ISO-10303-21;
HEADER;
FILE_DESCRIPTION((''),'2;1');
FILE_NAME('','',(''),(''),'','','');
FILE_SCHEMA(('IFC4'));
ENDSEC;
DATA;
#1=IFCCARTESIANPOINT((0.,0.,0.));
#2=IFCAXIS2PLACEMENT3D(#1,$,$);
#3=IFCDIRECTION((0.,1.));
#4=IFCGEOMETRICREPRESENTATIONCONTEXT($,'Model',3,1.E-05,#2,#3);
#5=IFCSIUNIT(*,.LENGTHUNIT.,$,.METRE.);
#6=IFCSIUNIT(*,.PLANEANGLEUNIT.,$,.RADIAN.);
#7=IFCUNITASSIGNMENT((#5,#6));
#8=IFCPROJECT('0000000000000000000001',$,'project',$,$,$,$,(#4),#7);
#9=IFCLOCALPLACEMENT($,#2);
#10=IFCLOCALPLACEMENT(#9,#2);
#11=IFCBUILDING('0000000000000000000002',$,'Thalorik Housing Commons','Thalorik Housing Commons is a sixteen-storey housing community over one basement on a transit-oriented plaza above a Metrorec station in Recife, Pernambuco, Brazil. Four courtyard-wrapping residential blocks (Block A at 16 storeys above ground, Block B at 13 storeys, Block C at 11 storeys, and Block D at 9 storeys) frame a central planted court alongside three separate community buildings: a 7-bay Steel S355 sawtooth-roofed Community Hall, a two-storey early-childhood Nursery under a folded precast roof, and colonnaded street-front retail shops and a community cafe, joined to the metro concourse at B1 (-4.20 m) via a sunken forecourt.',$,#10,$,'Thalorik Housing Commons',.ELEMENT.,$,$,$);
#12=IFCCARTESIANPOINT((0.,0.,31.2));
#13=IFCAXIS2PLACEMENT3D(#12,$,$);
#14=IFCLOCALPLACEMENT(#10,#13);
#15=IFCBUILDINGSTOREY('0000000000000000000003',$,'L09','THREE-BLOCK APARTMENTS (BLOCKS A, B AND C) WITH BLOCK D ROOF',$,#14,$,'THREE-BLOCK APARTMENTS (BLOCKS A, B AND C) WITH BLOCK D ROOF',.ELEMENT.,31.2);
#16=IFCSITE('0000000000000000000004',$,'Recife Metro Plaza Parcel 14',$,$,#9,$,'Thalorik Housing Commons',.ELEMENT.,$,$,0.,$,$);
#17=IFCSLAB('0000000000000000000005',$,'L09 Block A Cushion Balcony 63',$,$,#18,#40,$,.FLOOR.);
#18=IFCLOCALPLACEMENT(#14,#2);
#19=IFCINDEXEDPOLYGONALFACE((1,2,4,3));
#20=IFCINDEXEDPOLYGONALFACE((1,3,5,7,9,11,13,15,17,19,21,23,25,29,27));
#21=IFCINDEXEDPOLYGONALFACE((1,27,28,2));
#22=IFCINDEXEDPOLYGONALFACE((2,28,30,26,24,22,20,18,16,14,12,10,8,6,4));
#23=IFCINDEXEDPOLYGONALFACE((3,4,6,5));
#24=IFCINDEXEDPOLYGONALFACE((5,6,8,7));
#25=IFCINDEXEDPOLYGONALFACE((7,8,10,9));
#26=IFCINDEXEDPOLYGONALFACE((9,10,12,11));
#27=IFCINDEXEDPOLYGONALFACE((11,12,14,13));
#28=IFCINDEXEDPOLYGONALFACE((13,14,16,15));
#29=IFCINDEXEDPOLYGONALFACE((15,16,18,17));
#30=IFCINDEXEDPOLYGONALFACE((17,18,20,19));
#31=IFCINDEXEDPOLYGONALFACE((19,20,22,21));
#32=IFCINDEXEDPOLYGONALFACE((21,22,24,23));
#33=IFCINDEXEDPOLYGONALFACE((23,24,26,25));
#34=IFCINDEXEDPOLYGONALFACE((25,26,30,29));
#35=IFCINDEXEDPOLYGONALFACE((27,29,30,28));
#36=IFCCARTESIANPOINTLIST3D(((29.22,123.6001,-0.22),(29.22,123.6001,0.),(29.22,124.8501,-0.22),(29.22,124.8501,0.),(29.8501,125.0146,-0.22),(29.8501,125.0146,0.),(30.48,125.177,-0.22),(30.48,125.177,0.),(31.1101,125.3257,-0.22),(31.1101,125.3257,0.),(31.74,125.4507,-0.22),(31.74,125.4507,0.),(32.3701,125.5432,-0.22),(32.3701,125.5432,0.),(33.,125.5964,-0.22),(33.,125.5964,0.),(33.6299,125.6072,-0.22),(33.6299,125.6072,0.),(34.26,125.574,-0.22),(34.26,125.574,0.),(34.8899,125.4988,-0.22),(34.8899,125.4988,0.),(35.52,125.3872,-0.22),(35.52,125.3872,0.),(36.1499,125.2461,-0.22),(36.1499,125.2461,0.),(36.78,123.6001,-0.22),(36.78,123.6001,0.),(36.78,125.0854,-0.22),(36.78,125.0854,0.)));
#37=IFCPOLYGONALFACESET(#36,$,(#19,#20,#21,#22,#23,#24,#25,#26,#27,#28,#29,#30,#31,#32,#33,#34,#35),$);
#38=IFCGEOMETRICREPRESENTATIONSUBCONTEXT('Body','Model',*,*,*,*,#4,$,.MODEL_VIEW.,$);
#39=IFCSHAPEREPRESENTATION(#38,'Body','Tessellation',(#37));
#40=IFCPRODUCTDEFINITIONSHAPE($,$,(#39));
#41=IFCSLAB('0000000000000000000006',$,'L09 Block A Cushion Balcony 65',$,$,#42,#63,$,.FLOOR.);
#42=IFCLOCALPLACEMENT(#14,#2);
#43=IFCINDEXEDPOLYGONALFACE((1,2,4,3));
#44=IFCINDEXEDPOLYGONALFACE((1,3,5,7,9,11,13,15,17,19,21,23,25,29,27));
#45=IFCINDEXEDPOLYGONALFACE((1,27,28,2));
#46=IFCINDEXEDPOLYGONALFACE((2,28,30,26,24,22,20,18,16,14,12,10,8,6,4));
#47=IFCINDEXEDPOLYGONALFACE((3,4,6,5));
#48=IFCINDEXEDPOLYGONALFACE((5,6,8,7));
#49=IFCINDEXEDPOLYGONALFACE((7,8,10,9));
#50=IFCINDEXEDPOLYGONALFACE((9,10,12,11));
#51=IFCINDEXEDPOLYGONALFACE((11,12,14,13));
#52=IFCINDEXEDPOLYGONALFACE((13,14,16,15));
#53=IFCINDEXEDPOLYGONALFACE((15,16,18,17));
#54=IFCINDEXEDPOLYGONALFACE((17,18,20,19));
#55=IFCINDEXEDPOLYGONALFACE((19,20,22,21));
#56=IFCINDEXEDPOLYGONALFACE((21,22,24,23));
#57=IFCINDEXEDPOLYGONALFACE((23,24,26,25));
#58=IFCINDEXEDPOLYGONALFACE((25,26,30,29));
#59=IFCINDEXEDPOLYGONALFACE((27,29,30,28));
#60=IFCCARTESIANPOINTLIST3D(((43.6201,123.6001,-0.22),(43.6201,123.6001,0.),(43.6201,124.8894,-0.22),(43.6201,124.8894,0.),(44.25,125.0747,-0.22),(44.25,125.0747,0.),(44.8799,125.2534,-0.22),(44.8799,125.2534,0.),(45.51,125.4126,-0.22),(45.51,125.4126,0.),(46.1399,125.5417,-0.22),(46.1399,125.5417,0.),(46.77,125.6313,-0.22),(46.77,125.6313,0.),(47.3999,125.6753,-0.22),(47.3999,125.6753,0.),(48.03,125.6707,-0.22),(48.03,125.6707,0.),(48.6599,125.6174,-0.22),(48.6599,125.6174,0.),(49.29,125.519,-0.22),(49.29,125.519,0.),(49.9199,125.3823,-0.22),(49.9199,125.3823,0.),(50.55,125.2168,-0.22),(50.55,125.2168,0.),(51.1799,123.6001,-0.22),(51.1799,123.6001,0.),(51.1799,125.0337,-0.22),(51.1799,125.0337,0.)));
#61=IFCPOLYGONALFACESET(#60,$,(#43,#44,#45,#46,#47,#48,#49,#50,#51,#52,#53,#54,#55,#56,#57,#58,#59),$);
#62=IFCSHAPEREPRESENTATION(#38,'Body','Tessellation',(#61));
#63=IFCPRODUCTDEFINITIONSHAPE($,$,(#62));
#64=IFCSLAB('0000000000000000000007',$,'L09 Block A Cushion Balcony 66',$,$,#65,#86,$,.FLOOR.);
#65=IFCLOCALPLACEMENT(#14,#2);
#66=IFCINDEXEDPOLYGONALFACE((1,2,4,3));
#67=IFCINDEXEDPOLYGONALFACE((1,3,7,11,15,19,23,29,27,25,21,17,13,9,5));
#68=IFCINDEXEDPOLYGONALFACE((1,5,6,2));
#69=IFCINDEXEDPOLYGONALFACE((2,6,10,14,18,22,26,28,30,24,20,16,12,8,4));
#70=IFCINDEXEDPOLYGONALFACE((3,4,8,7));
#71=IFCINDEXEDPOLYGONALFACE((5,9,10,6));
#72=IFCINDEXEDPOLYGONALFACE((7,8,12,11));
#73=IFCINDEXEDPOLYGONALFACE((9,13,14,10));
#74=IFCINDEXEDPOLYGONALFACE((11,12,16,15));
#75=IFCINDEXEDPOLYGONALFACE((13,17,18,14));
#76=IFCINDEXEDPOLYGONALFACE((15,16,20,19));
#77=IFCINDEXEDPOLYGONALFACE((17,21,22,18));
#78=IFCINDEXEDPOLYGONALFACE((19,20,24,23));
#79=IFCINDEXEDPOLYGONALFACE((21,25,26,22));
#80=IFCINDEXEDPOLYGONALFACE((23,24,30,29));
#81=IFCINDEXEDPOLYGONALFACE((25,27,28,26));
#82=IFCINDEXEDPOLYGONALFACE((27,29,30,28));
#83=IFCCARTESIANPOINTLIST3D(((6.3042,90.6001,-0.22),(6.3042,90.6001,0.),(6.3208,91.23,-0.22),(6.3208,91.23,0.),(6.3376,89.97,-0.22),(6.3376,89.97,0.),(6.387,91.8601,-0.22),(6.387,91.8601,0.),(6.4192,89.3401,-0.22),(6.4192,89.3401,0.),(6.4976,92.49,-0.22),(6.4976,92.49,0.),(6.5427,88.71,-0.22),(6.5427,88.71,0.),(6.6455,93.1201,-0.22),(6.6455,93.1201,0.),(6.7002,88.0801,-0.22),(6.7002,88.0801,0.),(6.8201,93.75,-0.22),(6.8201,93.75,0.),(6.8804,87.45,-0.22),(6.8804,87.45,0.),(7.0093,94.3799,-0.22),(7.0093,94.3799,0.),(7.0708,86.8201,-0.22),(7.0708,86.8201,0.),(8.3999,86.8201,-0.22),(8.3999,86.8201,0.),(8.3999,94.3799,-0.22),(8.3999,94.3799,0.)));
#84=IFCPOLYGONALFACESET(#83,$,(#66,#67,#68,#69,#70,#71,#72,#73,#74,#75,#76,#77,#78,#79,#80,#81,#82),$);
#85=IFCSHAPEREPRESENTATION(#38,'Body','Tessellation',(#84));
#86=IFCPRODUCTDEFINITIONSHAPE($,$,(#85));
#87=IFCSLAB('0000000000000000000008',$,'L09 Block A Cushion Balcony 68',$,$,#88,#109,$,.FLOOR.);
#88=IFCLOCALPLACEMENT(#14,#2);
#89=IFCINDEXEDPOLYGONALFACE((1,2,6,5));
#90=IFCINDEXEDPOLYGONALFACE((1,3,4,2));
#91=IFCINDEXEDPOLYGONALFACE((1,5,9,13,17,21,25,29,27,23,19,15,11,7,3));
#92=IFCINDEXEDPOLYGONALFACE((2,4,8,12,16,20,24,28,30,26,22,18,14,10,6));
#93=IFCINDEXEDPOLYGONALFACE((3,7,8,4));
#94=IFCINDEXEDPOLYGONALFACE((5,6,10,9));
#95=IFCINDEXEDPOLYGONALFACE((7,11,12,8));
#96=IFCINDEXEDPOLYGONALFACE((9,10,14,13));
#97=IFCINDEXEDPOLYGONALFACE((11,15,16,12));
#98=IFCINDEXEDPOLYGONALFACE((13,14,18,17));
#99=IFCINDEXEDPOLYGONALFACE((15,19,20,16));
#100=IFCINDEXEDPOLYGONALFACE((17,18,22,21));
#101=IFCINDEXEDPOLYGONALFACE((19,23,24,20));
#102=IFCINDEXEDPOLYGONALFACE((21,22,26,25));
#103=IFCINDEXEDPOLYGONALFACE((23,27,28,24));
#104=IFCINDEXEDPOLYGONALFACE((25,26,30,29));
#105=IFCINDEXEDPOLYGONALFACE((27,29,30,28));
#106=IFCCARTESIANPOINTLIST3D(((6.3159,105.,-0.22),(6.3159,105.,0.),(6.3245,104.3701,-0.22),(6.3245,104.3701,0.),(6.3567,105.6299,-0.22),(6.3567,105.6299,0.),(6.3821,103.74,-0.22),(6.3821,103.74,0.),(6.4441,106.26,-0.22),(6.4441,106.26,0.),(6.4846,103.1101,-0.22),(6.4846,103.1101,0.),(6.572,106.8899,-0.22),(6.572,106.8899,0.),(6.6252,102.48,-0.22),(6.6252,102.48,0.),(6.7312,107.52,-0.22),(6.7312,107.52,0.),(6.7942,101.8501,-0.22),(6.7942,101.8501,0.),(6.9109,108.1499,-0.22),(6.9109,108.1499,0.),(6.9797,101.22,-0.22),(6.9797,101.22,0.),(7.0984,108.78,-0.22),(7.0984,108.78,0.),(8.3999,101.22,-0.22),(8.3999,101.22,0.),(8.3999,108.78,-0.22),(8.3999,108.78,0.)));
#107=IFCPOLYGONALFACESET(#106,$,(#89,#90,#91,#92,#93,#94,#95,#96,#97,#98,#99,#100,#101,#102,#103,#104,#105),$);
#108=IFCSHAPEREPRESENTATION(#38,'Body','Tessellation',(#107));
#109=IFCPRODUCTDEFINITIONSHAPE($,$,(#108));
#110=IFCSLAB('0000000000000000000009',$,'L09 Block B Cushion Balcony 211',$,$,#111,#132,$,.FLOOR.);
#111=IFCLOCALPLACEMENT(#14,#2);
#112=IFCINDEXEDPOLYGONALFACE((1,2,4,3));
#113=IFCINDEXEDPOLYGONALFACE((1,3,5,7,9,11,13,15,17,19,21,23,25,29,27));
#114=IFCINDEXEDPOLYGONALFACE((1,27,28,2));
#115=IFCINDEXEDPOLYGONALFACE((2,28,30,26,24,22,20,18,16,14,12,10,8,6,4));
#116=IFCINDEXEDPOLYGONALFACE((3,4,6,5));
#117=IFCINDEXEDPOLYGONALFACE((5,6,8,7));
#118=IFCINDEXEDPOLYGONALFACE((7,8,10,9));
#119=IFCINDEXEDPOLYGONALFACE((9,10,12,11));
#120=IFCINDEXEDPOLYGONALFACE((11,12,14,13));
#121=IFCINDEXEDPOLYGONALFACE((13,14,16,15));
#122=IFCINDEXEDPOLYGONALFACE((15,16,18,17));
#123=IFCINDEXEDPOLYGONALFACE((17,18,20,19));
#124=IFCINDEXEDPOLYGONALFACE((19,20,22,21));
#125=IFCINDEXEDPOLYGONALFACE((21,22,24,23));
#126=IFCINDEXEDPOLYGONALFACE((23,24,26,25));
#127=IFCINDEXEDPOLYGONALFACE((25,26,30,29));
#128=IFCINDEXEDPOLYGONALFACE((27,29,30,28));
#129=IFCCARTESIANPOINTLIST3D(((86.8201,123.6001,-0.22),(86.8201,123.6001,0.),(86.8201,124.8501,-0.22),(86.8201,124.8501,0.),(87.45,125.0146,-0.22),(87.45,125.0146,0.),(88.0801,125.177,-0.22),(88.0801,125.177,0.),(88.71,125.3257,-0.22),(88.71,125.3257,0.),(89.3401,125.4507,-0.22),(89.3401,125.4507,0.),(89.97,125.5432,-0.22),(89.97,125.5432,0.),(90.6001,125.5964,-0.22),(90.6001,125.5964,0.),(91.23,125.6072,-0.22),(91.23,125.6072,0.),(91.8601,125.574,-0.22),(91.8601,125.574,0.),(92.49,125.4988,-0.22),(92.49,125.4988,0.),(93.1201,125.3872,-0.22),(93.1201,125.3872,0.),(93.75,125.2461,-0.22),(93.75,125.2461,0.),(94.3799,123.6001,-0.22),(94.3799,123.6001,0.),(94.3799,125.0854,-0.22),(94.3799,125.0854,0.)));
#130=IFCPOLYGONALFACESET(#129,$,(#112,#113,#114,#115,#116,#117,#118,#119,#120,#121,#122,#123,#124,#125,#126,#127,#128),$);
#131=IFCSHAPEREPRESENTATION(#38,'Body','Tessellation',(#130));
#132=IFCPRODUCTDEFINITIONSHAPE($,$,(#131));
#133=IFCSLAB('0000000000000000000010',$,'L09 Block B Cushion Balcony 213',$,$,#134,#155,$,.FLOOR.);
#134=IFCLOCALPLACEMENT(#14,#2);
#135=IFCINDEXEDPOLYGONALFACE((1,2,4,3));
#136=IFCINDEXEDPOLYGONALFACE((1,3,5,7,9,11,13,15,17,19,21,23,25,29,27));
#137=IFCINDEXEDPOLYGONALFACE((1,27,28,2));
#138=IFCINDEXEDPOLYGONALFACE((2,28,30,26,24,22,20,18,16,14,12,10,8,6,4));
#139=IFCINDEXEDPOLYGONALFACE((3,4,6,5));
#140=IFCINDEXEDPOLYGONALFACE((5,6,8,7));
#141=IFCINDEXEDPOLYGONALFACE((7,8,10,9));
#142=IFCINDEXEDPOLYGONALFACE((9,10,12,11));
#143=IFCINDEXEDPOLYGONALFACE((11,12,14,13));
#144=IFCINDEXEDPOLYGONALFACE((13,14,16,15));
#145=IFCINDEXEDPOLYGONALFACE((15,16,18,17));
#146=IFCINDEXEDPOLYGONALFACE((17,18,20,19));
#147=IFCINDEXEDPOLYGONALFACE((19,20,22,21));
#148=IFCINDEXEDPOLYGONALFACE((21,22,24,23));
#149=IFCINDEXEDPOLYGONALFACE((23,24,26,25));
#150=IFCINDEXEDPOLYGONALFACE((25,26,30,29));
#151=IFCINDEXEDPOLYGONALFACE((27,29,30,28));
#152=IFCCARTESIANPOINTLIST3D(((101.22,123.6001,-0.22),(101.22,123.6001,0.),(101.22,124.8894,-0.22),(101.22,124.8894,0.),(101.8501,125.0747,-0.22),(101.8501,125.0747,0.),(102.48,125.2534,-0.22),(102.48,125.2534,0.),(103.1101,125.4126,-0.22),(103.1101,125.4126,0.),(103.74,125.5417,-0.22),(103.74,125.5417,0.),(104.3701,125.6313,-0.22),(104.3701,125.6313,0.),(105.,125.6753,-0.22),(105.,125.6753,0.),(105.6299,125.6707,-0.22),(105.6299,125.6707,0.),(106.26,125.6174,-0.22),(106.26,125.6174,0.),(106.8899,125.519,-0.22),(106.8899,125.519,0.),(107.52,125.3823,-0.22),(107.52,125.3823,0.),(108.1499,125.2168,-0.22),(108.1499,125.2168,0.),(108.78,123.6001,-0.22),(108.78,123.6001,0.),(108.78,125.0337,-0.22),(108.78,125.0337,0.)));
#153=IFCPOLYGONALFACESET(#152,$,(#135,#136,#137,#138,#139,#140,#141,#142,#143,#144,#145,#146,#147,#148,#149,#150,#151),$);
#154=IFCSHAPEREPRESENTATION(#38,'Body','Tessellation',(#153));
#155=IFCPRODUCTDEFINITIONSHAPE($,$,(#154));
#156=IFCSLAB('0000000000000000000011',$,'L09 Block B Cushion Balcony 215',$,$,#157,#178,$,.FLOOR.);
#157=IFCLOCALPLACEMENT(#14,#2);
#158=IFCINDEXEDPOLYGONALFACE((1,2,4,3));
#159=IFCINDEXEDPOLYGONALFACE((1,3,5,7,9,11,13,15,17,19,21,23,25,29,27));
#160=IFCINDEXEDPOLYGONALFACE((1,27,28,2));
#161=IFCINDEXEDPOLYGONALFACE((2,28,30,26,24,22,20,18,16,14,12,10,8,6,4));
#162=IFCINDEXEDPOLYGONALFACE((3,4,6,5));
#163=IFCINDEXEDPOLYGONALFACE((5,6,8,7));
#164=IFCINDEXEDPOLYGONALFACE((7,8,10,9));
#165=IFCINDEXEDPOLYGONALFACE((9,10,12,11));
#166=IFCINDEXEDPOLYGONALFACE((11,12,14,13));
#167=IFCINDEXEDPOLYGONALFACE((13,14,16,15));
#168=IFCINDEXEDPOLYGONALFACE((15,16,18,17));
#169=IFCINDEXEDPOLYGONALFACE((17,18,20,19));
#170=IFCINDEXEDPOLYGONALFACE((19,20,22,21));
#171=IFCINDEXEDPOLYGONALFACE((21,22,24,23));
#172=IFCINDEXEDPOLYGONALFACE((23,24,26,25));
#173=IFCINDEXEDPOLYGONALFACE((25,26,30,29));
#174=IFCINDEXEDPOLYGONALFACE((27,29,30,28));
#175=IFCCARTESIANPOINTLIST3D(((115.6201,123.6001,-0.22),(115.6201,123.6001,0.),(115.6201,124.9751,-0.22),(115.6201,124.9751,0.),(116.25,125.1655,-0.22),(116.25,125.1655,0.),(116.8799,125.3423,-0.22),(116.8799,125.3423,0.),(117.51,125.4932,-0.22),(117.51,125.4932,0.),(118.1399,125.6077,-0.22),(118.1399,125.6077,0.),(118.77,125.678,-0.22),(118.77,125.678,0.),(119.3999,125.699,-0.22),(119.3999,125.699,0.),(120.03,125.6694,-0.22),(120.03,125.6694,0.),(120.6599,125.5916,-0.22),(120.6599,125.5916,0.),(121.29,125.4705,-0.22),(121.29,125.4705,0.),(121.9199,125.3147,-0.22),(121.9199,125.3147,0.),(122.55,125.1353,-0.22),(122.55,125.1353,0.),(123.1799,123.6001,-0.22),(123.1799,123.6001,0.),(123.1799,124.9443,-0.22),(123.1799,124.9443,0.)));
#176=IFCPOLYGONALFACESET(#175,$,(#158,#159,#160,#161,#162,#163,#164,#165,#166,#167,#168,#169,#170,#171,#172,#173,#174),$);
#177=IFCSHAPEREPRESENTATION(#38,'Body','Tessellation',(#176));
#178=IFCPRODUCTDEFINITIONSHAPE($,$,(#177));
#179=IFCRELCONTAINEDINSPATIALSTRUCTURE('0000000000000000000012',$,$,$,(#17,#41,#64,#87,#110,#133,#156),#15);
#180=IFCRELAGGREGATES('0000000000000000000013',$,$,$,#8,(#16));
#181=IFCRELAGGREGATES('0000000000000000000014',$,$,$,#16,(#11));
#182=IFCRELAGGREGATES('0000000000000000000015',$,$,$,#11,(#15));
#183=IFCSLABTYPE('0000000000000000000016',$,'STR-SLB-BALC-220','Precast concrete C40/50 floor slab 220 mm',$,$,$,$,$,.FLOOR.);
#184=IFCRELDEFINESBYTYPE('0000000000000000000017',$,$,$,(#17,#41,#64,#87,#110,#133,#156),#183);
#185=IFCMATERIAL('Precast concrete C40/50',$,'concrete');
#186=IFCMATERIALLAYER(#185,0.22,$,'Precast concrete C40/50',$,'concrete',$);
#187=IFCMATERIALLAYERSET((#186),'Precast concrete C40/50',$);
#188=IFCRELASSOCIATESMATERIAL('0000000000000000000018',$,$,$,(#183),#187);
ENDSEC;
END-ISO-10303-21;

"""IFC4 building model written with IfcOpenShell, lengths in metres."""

from ifc_helpers import new_model, si_unit, direction, frame, origin, place, context, subcontext, project, spatial, polyline, outline, extrude, material, layer, layer_set, type_object, element, save


model = new_model("IFC4")

# Units and contexts
model_context = context("Model", 3, precision=1e-05, world=origin(), true_north=direction((0.0, 1.0)))
body_context = subcontext(model_context, "Body", "Model", "MODEL_VIEW")
ifc_project = project(units=[si_unit("LENGTHUNIT", "METRE"), si_unit("PLANEANGLEUNIT", "RADIAN")], contexts=[model_context])

# Site, building, storey
site_placement = place(None, origin())
site = spatial("IfcSite", under=ifc_project, at=site_placement, Name="Recife Metro Plaza Parcel 14", LongName="Thalorik Housing Commons", CompositionType="ELEMENT", RefElevation=0.0)
building_placement = place(site_placement, origin())
building = spatial("IfcBuilding", under=site, at=building_placement, Name="Thalorik Housing Commons", Description="Thalorik Housing Commons is a sixteen-storey housing community over one basement on a transit-oriented plaza above a Metrorec station in Recife, Pernambuco, Brazil. Four courtyard-wrapping residential blocks (Block A at 16 storeys above ground, Block B at 13 storeys, Block C at 11 storeys, and Block D at 9 storeys) frame a central planted court alongside three separate community buildings: a 7-bay Steel S355 sawtooth-roofed Community Hall, a two-storey early-childhood Nursery under a folded precast roof, and colonnaded street-front retail shops and a community cafe, joined to the metro concourse at B1 (-4.20 m) via a sunken forecourt.", LongName="Thalorik Housing Commons", CompositionType="ELEMENT")
storey_placement = place(building_placement, frame((0.0, 0.0, 31.2)))
storey = spatial("IfcBuildingStorey", under=building, at=storey_placement, Name="L09", Description="THREE-BLOCK APARTMENTS (BLOCKS A, B AND C) WITH BLOCK D ROOF", LongName="THREE-BLOCK APARTMENTS (BLOCKS A, B AND C) WITH BLOCK D ROOF", CompositionType="ELEMENT", Elevation=31.2)

# Slabs
ifc_material_1 = material(Name="Precast concrete C40/50", Category="concrete")
ifc_layer_1 = layer(ifc_material_1, 0.22, Name="Precast concrete C40/50", Category="concrete")
ifc_layer_set_1 = layer_set([ifc_layer_1], Name="Precast concrete C40/50")
slab_type_1 = type_object("IfcSlabType", Name="STR-SLB-BALC-220", Description="Precast concrete C40/50 floor slab 220 mm", PredefinedType="FLOOR", material=ifc_layer_set_1)
slab_1_placement = place(storey_placement, frame((0.0, 0.0, -0.22)))
element("IfcSlab", 1, at=slab_1_placement, inside=storey, type_object=slab_type_1, Name="L09 Block A Cushion Balcony 63", PredefinedType="FLOOR", context=body_context, shape_type="SweptSolid", body=[
    extrude(outline(polyline([(29.22, 123.6001), (36.78, 123.6001), (36.78, 125.0854), (36.1499, 125.2461), (35.52, 125.3872), (34.8899, 125.4988), (34.26, 125.574), (33.6299, 125.6072), (33.0, 125.5964), (32.3701, 125.5432), (31.74, 125.4507), (31.1101, 125.3257), (30.48, 125.177), (29.8501, 125.0146), (29.22, 124.8501), (29.22, 123.6001)])), origin(), (0.0, 0.0, 1.0), 0.22),
])
slab_2_placement = place(storey_placement, frame((0.0, 0.0, -0.22)))
element("IfcSlab", 2, at=slab_2_placement, inside=storey, type_object=slab_type_1, Name="L09 Block A Cushion Balcony 65", PredefinedType="FLOOR", context=body_context, shape_type="SweptSolid", body=[
    extrude(outline(polyline([(43.6201, 123.6001), (51.1799, 123.6001), (51.1799, 125.0337), (50.55, 125.2168), (49.9199, 125.3823), (49.29, 125.519), (48.6599, 125.6174), (48.03, 125.6707), (47.3999, 125.6753), (46.77, 125.6313), (46.1399, 125.5417), (45.51, 125.4126), (44.8799, 125.2534), (44.25, 125.0747), (43.6201, 124.8894), (43.6201, 123.6001)])), origin(), (0.0, 0.0, 1.0), 0.22),
])
slab_3_placement = place(storey_placement, frame((0.0, 0.0, -0.22)))
element("IfcSlab", 3, at=slab_3_placement, inside=storey, type_object=slab_type_1, Name="L09 Block A Cushion Balcony 66", PredefinedType="FLOOR", context=body_context, shape_type="SweptSolid", body=[
    extrude(outline(polyline([(8.3999, 86.8201), (8.3999, 94.3799), (7.0093, 94.3799), (6.8201, 93.75), (6.6455, 93.1201), (6.4976, 92.49), (6.387, 91.8601), (6.3208, 91.23), (6.3042, 90.6001), (6.3376, 89.97), (6.4192, 89.3401), (6.5427, 88.71), (6.7002, 88.0801), (6.8804, 87.45), (7.0708, 86.8201), (8.3999, 86.8201)])), origin(), (0.0, 0.0, 1.0), 0.22),
])
slab_4_placement = place(storey_placement, frame((0.0, 0.0, -0.22)))
element("IfcSlab", 4, at=slab_4_placement, inside=storey, type_object=slab_type_1, Name="L09 Block A Cushion Balcony 68", PredefinedType="FLOOR", context=body_context, shape_type="SweptSolid", body=[
    extrude(outline(polyline([(8.3999, 101.22), (8.3999, 108.78), (7.0984, 108.78), (6.9109, 108.1499), (6.7312, 107.52), (6.572, 106.8899), (6.4441, 106.26), (6.3567, 105.6299), (6.3159, 105.0), (6.3245, 104.3701), (6.3821, 103.74), (6.4846, 103.1101), (6.6252, 102.48), (6.7942, 101.8501), (6.9797, 101.22), (8.3999, 101.22)])), origin(), (0.0, 0.0, 1.0), 0.22),
])
slab_5_placement = place(storey_placement, frame((0.0, 0.0, -0.22)))
element("IfcSlab", 5, at=slab_5_placement, inside=storey, type_object=slab_type_1, Name="L09 Block B Cushion Balcony 211", PredefinedType="FLOOR", context=body_context, shape_type="SweptSolid", body=[
    extrude(outline(polyline([(86.8201, 123.6001), (94.3799, 123.6001), (94.3799, 125.0854), (93.75, 125.2461), (93.1201, 125.3872), (92.49, 125.4988), (91.8601, 125.574), (91.23, 125.6072), (90.6001, 125.5964), (89.97, 125.5432), (89.3401, 125.4507), (88.71, 125.3257), (88.0801, 125.177), (87.45, 125.0146), (86.8201, 124.8501), (86.8201, 123.6001)])), origin(), (0.0, 0.0, 1.0), 0.22),
])
slab_6_placement = place(storey_placement, frame((0.0, 0.0, -0.22)))
element("IfcSlab", 6, at=slab_6_placement, inside=storey, type_object=slab_type_1, Name="L09 Block B Cushion Balcony 213", PredefinedType="FLOOR", context=body_context, shape_type="SweptSolid", body=[
    extrude(outline(polyline([(101.22, 123.6001), (108.78, 123.6001), (108.78, 125.0337), (108.1499, 125.2168), (107.52, 125.3823), (106.8899, 125.519), (106.26, 125.6174), (105.6299, 125.6707), (105.0, 125.6753), (104.3701, 125.6313), (103.74, 125.5417), (103.1101, 125.4126), (102.48, 125.2534), (101.8501, 125.0747), (101.22, 124.8894), (101.22, 123.6001)])), origin(), (0.0, 0.0, 1.0), 0.22),
])
slab_7_placement = place(storey_placement, frame((0.0, 0.0, -0.22)))
element("IfcSlab", 7, at=slab_7_placement, inside=storey, type_object=slab_type_1, Name="L09 Block B Cushion Balcony 215", PredefinedType="FLOOR", context=body_context, shape_type="SweptSolid", body=[
    extrude(outline(polyline([(115.6201, 123.6001), (123.1799, 123.6001), (123.1799, 124.9443), (122.55, 125.1353), (121.9199, 125.3147), (121.29, 125.4705), (120.6599, 125.5916), (120.03, 125.6694), (119.3999, 125.699), (118.77, 125.678), (118.1399, 125.6077), (117.51, 125.4932), (116.8799, 125.3423), (116.25, 125.1655), (115.6201, 124.9751), (115.6201, 123.6001)])), origin(), (0.0, 0.0, 1.0), 0.22),
])

save(model, "model.ifc")
